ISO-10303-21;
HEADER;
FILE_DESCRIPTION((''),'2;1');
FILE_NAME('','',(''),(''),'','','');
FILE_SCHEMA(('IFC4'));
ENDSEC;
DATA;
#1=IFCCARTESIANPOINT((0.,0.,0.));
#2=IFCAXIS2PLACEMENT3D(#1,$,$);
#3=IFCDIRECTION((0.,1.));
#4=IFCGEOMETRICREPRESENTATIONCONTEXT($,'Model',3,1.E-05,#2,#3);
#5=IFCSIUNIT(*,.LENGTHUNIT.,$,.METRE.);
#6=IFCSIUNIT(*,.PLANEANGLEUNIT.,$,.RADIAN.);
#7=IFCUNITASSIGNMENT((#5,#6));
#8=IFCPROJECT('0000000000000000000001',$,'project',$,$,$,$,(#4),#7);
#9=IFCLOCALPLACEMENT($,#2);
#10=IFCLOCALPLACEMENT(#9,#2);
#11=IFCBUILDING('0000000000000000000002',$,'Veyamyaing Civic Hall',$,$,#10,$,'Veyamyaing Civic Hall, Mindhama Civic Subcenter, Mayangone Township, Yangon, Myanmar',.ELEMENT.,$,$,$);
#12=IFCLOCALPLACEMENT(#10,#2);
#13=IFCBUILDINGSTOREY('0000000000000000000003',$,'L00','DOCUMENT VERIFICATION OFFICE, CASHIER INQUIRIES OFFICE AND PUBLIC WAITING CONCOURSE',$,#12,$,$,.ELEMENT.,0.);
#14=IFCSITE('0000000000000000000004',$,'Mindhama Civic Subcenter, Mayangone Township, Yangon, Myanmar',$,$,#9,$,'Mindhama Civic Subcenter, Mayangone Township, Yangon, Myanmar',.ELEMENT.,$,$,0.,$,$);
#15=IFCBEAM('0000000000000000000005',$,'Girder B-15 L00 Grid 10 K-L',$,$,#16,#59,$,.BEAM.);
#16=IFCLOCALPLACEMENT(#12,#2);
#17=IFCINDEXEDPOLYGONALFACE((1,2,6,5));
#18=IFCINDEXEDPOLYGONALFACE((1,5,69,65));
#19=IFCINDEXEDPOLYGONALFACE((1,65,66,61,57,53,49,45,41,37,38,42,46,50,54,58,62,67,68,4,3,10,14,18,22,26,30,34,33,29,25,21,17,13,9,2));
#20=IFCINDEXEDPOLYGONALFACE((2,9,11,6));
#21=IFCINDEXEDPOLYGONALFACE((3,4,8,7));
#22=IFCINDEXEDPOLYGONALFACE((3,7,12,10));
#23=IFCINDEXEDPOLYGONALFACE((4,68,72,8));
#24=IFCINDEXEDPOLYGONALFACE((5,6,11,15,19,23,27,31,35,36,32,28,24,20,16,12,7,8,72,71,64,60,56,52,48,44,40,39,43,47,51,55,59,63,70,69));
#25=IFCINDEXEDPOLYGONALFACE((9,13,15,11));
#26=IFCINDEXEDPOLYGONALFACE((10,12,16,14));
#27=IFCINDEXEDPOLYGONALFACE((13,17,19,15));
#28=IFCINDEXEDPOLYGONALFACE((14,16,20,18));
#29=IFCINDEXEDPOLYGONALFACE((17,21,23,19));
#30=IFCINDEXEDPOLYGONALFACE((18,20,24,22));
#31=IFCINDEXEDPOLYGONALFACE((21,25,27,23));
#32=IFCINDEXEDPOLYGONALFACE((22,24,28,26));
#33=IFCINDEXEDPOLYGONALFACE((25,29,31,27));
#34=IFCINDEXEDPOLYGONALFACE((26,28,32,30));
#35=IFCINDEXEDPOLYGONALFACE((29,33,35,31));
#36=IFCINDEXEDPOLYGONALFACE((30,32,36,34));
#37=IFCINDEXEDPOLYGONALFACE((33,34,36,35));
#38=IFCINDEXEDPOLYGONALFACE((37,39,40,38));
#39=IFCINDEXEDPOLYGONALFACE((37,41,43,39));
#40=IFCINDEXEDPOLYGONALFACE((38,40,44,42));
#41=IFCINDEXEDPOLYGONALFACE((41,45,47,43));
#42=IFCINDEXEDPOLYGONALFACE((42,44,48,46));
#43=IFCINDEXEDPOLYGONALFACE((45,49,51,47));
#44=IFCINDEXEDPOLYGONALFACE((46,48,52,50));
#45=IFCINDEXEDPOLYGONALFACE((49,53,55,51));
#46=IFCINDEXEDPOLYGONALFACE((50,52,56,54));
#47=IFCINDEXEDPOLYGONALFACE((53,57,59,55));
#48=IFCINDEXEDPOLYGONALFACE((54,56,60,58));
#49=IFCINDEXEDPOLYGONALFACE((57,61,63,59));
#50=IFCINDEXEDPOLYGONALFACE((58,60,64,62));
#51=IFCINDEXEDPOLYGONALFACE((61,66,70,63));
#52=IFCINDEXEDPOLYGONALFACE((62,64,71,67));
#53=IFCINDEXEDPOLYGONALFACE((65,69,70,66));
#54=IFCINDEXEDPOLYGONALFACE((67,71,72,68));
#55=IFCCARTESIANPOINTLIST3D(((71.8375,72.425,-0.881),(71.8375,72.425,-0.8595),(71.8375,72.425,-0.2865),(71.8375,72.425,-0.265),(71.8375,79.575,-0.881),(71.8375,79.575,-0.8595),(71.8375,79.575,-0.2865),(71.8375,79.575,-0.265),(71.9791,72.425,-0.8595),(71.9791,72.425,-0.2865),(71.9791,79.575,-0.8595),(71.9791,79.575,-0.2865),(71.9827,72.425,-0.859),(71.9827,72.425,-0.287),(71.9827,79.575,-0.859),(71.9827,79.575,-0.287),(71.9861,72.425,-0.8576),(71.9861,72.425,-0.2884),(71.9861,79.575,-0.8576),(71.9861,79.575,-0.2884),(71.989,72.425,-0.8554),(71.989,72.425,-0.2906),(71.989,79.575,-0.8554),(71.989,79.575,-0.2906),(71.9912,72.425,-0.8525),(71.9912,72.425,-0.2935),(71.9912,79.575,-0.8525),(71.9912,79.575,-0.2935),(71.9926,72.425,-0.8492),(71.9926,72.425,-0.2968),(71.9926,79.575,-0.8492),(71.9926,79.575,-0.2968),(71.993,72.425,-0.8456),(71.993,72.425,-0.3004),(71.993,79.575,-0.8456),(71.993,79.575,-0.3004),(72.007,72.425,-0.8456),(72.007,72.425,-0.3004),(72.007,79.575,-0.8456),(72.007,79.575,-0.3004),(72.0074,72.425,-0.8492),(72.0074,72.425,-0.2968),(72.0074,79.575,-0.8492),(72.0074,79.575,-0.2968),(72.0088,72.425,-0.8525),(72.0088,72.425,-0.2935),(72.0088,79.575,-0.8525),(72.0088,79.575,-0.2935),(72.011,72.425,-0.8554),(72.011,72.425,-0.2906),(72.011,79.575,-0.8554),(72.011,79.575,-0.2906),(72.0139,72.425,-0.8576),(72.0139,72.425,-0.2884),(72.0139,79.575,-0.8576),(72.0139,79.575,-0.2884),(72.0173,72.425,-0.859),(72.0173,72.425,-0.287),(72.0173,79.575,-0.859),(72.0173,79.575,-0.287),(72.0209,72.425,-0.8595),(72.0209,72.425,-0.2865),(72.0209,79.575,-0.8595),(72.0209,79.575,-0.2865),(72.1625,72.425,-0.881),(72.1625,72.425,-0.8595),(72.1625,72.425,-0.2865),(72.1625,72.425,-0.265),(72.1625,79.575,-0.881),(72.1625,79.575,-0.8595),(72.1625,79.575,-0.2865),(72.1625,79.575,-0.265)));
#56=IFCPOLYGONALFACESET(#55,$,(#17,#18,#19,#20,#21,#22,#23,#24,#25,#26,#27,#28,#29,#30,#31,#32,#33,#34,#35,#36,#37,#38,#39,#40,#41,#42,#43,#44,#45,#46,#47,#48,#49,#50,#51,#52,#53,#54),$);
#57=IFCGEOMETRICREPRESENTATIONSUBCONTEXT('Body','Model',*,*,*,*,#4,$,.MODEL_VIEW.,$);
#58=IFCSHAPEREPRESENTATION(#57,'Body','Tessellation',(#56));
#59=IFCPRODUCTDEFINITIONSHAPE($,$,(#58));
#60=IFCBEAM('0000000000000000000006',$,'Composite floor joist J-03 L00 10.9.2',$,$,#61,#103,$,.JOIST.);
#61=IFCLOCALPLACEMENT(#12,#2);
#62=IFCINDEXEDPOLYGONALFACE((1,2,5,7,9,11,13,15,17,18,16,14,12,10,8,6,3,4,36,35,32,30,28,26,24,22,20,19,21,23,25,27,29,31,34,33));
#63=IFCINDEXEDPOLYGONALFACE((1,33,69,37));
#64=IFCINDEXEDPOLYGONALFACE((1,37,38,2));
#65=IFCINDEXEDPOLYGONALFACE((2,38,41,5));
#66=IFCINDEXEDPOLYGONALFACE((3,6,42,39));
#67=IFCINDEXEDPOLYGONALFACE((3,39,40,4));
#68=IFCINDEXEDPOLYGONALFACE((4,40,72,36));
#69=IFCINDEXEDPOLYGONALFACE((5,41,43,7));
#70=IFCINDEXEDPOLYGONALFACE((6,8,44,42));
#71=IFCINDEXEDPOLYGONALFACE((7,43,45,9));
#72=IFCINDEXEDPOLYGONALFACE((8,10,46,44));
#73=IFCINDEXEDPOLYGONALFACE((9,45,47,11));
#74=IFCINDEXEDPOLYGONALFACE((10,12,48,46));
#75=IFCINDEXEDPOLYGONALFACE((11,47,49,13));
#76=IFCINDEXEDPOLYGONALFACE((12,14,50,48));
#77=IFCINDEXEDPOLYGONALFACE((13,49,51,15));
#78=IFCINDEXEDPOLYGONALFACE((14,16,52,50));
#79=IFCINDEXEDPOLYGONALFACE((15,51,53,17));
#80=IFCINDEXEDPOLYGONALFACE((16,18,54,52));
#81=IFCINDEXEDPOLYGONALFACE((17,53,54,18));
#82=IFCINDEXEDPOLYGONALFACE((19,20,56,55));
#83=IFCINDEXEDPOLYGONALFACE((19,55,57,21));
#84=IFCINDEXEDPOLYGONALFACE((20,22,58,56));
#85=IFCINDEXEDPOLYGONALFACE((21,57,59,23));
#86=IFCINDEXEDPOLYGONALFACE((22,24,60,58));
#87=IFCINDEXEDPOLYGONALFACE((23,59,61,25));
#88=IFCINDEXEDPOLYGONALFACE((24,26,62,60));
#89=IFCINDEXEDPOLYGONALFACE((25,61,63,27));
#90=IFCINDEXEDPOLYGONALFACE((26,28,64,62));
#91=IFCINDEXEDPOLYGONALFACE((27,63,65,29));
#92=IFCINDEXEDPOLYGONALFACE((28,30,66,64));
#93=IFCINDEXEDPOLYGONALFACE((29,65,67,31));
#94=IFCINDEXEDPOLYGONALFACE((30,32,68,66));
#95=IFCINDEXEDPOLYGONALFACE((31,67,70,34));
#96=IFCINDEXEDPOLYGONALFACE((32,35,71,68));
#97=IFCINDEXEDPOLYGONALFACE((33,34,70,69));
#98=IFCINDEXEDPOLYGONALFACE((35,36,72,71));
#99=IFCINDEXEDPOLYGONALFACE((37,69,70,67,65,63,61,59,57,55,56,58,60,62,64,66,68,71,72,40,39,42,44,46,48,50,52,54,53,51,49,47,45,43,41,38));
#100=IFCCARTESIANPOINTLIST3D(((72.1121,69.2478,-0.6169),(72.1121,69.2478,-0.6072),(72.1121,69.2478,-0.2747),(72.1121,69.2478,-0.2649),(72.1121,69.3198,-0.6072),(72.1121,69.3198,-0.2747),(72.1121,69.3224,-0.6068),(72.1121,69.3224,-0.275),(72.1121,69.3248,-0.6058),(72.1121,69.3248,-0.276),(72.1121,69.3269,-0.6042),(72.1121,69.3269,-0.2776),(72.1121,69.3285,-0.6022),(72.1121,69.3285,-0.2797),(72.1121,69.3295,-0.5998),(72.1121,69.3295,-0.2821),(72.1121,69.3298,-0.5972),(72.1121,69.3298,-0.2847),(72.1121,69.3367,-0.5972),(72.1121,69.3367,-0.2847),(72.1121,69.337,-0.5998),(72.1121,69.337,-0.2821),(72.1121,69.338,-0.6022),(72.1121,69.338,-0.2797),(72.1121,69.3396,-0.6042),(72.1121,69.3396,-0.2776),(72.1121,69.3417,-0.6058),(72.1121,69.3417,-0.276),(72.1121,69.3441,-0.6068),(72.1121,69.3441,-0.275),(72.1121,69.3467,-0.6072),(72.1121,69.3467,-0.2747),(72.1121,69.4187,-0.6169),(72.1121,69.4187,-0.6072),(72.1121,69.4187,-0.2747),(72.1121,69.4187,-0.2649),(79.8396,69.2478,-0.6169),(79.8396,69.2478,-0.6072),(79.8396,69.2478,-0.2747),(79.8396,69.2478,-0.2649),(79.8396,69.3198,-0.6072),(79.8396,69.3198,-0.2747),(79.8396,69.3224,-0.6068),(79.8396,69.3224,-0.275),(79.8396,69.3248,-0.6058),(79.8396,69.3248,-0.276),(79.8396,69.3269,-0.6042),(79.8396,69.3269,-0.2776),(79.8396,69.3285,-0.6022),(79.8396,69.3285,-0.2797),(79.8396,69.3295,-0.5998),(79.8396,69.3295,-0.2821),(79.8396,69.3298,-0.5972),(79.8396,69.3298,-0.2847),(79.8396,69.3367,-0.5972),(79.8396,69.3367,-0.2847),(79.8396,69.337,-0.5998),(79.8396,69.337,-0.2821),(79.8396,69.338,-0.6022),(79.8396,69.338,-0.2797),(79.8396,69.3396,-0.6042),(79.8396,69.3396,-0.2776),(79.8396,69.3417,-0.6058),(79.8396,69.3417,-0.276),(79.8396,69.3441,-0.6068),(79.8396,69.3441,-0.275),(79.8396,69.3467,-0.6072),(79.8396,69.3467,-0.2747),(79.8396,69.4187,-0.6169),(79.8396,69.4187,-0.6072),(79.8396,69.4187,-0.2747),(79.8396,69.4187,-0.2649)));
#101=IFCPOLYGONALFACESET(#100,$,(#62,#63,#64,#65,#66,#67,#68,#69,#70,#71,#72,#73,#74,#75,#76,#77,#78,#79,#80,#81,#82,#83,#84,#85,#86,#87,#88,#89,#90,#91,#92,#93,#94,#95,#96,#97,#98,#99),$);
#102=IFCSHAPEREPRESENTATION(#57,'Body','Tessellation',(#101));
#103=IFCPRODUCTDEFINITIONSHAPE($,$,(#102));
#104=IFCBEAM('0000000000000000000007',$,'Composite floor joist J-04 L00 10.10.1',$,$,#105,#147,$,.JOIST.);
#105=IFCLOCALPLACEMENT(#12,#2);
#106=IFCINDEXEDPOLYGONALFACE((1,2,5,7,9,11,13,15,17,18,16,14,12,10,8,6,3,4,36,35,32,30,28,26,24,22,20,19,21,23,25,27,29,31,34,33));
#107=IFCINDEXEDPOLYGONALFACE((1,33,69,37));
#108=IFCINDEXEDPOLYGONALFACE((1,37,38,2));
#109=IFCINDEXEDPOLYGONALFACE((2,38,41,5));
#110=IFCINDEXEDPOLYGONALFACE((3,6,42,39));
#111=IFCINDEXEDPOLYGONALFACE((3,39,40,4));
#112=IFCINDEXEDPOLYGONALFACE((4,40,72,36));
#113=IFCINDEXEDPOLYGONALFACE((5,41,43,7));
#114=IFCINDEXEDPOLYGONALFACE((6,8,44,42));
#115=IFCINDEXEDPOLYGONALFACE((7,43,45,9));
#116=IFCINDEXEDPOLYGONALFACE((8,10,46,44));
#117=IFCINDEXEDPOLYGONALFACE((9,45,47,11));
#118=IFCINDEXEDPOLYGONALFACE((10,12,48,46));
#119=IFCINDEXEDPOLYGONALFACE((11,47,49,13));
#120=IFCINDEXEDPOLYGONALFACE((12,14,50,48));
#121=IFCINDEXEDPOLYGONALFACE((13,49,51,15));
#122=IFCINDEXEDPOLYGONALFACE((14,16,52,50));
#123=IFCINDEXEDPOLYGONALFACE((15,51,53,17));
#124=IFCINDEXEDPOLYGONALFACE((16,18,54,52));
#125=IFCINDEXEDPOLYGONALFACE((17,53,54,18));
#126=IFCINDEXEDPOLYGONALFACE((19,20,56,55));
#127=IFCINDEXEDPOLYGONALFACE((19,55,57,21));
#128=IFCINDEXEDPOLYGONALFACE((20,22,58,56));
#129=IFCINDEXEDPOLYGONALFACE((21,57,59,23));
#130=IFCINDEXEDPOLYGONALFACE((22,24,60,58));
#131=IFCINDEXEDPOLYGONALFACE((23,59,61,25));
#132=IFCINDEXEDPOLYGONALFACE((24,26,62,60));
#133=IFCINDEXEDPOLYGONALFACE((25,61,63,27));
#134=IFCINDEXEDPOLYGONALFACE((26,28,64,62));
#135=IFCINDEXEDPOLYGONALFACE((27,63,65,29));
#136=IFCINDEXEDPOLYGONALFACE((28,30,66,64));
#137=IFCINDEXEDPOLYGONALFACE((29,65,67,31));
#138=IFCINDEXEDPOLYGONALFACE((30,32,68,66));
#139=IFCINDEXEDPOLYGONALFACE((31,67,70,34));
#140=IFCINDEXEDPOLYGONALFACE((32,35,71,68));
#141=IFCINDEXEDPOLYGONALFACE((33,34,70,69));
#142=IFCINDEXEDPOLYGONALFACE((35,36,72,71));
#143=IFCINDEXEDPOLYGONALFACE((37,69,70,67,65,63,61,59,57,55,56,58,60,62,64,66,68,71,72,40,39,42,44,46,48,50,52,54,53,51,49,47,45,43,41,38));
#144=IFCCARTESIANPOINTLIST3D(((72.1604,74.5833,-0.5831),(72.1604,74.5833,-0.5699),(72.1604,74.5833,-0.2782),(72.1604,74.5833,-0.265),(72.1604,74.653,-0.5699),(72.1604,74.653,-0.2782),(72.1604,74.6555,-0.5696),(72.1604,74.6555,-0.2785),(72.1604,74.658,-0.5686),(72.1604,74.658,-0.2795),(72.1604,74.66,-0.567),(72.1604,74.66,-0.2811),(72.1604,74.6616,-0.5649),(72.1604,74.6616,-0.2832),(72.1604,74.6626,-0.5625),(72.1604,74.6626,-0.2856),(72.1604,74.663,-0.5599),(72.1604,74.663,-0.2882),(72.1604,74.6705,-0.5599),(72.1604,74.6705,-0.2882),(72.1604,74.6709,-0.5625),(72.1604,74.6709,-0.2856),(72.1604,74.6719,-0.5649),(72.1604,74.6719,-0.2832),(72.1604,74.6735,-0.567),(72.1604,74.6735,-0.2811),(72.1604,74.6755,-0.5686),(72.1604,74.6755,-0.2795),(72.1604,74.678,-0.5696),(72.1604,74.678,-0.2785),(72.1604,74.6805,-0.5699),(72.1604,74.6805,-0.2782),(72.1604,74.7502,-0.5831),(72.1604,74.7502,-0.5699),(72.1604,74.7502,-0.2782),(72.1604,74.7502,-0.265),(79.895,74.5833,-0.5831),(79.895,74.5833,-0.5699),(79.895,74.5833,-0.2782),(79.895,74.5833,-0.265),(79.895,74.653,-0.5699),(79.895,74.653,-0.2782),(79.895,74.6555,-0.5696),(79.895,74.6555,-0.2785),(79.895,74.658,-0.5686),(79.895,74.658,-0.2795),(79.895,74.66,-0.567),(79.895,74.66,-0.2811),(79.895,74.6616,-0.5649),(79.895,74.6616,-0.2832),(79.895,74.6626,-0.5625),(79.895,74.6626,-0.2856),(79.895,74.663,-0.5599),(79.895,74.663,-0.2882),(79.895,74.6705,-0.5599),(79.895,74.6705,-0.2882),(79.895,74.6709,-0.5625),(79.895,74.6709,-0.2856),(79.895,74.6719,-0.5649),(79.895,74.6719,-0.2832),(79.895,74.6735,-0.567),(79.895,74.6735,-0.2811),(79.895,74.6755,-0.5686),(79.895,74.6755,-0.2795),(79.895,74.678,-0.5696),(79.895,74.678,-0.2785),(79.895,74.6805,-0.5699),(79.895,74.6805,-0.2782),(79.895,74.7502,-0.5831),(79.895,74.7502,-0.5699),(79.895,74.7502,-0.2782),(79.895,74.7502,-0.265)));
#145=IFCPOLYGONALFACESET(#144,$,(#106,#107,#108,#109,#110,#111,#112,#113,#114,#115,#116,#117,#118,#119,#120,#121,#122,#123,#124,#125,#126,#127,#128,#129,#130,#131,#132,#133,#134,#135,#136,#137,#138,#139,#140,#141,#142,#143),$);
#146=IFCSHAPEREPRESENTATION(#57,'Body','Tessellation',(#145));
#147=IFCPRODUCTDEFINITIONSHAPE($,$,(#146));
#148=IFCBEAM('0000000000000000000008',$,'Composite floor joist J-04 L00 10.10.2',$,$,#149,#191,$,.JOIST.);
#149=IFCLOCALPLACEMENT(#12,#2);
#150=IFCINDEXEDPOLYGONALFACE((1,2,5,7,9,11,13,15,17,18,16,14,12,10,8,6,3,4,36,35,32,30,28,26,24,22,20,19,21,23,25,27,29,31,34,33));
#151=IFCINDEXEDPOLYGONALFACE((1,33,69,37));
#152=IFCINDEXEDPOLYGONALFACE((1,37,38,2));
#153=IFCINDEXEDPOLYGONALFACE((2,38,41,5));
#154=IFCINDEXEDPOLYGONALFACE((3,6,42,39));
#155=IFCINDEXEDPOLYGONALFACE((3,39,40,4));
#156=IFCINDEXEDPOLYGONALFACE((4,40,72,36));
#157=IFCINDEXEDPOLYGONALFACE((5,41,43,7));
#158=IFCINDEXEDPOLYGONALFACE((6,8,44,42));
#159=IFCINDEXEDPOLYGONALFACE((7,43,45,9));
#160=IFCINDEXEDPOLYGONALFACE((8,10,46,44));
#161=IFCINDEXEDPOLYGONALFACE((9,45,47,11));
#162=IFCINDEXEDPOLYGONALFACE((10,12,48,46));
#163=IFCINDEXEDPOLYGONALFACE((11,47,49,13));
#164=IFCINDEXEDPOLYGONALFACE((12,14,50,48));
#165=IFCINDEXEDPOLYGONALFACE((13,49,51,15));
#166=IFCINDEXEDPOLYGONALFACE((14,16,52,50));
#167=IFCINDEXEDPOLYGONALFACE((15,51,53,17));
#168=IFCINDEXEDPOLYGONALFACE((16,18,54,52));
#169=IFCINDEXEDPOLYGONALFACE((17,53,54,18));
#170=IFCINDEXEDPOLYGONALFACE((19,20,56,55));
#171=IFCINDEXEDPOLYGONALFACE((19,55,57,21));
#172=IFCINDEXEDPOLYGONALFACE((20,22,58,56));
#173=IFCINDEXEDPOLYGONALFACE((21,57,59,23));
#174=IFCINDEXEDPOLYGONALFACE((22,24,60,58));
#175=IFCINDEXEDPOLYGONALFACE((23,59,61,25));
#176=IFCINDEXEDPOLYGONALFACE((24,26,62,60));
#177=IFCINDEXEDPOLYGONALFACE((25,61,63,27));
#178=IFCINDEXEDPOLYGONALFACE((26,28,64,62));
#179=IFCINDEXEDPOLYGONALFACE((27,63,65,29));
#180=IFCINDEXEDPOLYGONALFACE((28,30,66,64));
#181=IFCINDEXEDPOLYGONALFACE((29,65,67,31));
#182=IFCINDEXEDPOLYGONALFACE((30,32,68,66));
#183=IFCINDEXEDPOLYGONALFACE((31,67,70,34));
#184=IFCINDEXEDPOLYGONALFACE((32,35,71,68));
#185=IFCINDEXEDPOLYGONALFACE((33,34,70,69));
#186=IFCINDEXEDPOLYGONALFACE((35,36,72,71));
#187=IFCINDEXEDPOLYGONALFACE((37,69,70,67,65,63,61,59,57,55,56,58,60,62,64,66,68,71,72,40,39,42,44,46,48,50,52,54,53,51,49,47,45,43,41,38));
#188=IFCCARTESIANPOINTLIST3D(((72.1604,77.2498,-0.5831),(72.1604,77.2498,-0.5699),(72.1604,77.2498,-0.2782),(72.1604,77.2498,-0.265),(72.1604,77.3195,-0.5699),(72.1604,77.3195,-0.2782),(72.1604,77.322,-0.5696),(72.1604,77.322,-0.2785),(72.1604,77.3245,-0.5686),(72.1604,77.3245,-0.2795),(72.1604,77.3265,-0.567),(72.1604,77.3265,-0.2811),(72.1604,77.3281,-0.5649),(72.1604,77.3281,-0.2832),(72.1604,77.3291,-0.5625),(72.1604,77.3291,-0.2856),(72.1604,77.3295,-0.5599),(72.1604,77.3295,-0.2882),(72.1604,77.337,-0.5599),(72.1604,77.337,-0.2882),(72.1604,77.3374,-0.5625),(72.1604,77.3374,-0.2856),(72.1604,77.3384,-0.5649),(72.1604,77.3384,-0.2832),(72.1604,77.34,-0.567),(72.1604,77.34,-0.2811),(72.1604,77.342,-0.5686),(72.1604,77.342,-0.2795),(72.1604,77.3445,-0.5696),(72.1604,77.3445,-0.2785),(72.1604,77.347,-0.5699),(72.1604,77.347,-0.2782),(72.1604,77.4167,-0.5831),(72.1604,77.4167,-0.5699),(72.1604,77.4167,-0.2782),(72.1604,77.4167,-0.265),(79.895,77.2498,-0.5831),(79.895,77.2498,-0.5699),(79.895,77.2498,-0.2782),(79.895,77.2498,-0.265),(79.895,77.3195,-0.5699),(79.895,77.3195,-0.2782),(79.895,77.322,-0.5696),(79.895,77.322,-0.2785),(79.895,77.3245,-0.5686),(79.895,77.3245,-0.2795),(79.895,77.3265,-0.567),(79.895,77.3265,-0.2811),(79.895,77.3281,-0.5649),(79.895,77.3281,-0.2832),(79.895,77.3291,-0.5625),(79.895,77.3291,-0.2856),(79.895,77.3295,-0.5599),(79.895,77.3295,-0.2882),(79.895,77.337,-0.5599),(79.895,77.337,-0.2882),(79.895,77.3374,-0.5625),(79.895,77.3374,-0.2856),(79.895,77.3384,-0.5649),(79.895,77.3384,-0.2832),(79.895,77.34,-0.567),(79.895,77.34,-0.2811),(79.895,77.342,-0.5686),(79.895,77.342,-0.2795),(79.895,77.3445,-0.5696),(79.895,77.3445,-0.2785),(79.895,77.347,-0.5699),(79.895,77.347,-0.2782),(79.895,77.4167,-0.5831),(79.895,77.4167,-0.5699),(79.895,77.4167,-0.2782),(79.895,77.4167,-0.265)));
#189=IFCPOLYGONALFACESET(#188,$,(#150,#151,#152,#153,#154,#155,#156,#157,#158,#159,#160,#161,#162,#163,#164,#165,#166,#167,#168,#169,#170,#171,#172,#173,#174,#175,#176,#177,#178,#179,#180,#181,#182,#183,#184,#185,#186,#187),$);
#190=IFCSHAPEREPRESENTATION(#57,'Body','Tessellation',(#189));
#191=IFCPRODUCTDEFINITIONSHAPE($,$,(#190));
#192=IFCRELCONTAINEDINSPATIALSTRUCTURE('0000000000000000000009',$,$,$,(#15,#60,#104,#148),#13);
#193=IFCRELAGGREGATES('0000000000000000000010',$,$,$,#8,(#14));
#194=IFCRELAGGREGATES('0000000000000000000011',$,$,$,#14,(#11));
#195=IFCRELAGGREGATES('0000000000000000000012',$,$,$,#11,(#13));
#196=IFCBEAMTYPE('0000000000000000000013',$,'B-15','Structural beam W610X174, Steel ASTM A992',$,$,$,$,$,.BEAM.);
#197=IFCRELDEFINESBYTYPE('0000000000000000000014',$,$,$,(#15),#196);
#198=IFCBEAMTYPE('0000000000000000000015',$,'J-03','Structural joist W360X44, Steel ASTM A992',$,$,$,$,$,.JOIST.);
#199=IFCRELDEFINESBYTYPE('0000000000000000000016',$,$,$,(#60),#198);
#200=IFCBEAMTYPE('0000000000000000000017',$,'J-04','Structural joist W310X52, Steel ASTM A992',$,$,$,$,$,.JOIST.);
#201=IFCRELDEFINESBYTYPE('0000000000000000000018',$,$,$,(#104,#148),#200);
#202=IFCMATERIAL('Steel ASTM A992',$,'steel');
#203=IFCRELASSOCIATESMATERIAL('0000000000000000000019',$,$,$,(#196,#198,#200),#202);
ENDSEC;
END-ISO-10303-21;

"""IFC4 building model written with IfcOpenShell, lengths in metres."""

from ifc_helpers import new_model, si_unit, direction, frame, origin, origin_2d, place, context, subcontext, project, spatial, i_section, extrude, material, material_profile, profile_set, type_object, element, save


model = new_model("IFC4")

# Units and contexts
model_context = context("Model", 3, precision=1e-05, world=origin(), true_north=direction((0.0, 1.0)))
body_context = subcontext(model_context, "Body", "Model", "MODEL_VIEW")
ifc_project = project(units=[si_unit("LENGTHUNIT", "METRE"), si_unit("PLANEANGLEUNIT", "RADIAN")], contexts=[model_context])

# Site, building, storey
site_placement = place(None, origin())
site = spatial("IfcSite", under=ifc_project, at=site_placement, Name="Mindhama Civic Subcenter, Mayangone Township, Yangon, Myanmar", LongName="Mindhama Civic Subcenter, Mayangone Township, Yangon, Myanmar", CompositionType="ELEMENT", RefElevation=0.0)
building_placement = place(site_placement, origin())
building = spatial("IfcBuilding", under=site, at=building_placement, Name="Veyamyaing Civic Hall", LongName="Veyamyaing Civic Hall, Mindhama Civic Subcenter, Mayangone Township, Yangon, Myanmar", CompositionType="ELEMENT")
storey_placement = place(building_placement, origin())
storey = spatial("IfcBuildingStorey", under=building, at=storey_placement, Name="L00", Description="DOCUMENT VERIFICATION OFFICE, CASHIER INQUIRIES OFFICE AND PUBLIC WAITING CONCOURSE", CompositionType="ELEMENT", Elevation=0.0)

# Beams
ifc_material_1 = material(Name="Steel ASTM A992", Category="steel")
ifc_material_profile_1 = material_profile(ifc_material_1, i_section(OverallWidth=0.325, OverallDepth=0.616, WebThickness=0.0139, FlangeThickness=0.0215, FilletRadius=0.0139, at=origin_2d()), Name="W610X174")
ifc_profile_set_1 = profile_set([ifc_material_profile_1], Name="Steel ASTM A992")
beam_type_1 = type_object("IfcBeamType", Name="B-15", Description="Structural beam W610X174, Steel ASTM A992", PredefinedType="BEAM", material=ifc_profile_set_1)
beam_1_placement = place(storey_placement, frame((72.0, 72.425, -0.573), z_axis=(0.0, 1.0, 0.0), x_axis=(-1.0, 0.0, 0.0)))
element("IfcBeam", 1, at=beam_1_placement, inside=storey, type_object=beam_type_1, Name="Girder B-15 L00 Grid 10 K-L", PredefinedType="BEAM", context=body_context, shape_type="SweptSolid", body=[
    extrude(i_section(OverallWidth=0.325, OverallDepth=0.616, WebThickness=0.0139, FlangeThickness=0.0215, FilletRadius=0.0139, at=origin_2d()), origin(), (0.0, 0.0, 1.0), 7.1499),
])
ifc_material_profile_2 = material_profile(ifc_material_1, i_section(OverallWidth=0.1709, OverallDepth=0.3521, WebThickness=0.0068, FlangeThickness=0.0098, FilletRadius=0.01, at=origin_2d()), Name="W360X44")
ifc_profile_set_2 = profile_set([ifc_material_profile_2], Name="Steel ASTM A992")
beam_type_2 = type_object("IfcBeamType", Name="J-03", Description="Structural joist W360X44, Steel ASTM A992", PredefinedType="JOIST", material=ifc_profile_set_2)
beam_2_placement = place(storey_placement, frame((72.1121, 69.3333, -0.4409), z_axis=(1.0, 0.0, 0.0), x_axis=(0.0, 1.0, 0.0)))
element("IfcBeam", 2, at=beam_2_placement, inside=storey, type_object=beam_type_2, Name="Composite floor joist J-03 L00 10.9.2", PredefinedType="JOIST", context=body_context, shape_type="SweptSolid", body=[
    extrude(i_section(OverallWidth=0.1709, OverallDepth=0.3521, WebThickness=0.0068, FlangeThickness=0.0098, FilletRadius=0.01, at=origin_2d()), origin(), (0.0, 0.0, 1.0), 7.7275),
])
ifc_material_profile_3 = material_profile(ifc_material_1, i_section(OverallWidth=0.167, OverallDepth=0.3181, WebThickness=0.0076, FlangeThickness=0.0132, FilletRadius=0.01, at=origin_2d()), Name="W310X52")
ifc_profile_set_3 = profile_set([ifc_material_profile_3], Name="Steel ASTM A992")
beam_type_3 = type_object("IfcBeamType", Name="J-04", Description="Structural joist W310X52, Steel ASTM A992", PredefinedType="JOIST", material=ifc_profile_set_3)
for number, where, z_axis, x_axis, name in (
    (3, (72.1604, 74.6667, -0.4241), (1.0, 0.0, 0.0), (0.0, 1.0, 0.0), "Composite floor joist J-04 L00 10.10.1"),
    (4, (72.1604, 77.3333, -0.4241), (1.0, 0.0, 0.0), (0.0, 1.0, 0.0), "Composite floor joist J-04 L00 10.10.2"),
):
    element("IfcBeam", number, at=place(storey_placement, frame(where, z_axis=z_axis, x_axis=x_axis)), inside=storey, type_object=beam_type_3, Name=name, PredefinedType="JOIST", context=body_context, shape_type="SweptSolid", body=[
        extrude(i_section(OverallWidth=0.167, OverallDepth=0.3181, WebThickness=0.0076, FlangeThickness=0.0132, FilletRadius=0.01, at=origin_2d()), origin(), (0.0, 0.0, 1.0), 7.7346),
    ])

save(model, "model.ifc")
